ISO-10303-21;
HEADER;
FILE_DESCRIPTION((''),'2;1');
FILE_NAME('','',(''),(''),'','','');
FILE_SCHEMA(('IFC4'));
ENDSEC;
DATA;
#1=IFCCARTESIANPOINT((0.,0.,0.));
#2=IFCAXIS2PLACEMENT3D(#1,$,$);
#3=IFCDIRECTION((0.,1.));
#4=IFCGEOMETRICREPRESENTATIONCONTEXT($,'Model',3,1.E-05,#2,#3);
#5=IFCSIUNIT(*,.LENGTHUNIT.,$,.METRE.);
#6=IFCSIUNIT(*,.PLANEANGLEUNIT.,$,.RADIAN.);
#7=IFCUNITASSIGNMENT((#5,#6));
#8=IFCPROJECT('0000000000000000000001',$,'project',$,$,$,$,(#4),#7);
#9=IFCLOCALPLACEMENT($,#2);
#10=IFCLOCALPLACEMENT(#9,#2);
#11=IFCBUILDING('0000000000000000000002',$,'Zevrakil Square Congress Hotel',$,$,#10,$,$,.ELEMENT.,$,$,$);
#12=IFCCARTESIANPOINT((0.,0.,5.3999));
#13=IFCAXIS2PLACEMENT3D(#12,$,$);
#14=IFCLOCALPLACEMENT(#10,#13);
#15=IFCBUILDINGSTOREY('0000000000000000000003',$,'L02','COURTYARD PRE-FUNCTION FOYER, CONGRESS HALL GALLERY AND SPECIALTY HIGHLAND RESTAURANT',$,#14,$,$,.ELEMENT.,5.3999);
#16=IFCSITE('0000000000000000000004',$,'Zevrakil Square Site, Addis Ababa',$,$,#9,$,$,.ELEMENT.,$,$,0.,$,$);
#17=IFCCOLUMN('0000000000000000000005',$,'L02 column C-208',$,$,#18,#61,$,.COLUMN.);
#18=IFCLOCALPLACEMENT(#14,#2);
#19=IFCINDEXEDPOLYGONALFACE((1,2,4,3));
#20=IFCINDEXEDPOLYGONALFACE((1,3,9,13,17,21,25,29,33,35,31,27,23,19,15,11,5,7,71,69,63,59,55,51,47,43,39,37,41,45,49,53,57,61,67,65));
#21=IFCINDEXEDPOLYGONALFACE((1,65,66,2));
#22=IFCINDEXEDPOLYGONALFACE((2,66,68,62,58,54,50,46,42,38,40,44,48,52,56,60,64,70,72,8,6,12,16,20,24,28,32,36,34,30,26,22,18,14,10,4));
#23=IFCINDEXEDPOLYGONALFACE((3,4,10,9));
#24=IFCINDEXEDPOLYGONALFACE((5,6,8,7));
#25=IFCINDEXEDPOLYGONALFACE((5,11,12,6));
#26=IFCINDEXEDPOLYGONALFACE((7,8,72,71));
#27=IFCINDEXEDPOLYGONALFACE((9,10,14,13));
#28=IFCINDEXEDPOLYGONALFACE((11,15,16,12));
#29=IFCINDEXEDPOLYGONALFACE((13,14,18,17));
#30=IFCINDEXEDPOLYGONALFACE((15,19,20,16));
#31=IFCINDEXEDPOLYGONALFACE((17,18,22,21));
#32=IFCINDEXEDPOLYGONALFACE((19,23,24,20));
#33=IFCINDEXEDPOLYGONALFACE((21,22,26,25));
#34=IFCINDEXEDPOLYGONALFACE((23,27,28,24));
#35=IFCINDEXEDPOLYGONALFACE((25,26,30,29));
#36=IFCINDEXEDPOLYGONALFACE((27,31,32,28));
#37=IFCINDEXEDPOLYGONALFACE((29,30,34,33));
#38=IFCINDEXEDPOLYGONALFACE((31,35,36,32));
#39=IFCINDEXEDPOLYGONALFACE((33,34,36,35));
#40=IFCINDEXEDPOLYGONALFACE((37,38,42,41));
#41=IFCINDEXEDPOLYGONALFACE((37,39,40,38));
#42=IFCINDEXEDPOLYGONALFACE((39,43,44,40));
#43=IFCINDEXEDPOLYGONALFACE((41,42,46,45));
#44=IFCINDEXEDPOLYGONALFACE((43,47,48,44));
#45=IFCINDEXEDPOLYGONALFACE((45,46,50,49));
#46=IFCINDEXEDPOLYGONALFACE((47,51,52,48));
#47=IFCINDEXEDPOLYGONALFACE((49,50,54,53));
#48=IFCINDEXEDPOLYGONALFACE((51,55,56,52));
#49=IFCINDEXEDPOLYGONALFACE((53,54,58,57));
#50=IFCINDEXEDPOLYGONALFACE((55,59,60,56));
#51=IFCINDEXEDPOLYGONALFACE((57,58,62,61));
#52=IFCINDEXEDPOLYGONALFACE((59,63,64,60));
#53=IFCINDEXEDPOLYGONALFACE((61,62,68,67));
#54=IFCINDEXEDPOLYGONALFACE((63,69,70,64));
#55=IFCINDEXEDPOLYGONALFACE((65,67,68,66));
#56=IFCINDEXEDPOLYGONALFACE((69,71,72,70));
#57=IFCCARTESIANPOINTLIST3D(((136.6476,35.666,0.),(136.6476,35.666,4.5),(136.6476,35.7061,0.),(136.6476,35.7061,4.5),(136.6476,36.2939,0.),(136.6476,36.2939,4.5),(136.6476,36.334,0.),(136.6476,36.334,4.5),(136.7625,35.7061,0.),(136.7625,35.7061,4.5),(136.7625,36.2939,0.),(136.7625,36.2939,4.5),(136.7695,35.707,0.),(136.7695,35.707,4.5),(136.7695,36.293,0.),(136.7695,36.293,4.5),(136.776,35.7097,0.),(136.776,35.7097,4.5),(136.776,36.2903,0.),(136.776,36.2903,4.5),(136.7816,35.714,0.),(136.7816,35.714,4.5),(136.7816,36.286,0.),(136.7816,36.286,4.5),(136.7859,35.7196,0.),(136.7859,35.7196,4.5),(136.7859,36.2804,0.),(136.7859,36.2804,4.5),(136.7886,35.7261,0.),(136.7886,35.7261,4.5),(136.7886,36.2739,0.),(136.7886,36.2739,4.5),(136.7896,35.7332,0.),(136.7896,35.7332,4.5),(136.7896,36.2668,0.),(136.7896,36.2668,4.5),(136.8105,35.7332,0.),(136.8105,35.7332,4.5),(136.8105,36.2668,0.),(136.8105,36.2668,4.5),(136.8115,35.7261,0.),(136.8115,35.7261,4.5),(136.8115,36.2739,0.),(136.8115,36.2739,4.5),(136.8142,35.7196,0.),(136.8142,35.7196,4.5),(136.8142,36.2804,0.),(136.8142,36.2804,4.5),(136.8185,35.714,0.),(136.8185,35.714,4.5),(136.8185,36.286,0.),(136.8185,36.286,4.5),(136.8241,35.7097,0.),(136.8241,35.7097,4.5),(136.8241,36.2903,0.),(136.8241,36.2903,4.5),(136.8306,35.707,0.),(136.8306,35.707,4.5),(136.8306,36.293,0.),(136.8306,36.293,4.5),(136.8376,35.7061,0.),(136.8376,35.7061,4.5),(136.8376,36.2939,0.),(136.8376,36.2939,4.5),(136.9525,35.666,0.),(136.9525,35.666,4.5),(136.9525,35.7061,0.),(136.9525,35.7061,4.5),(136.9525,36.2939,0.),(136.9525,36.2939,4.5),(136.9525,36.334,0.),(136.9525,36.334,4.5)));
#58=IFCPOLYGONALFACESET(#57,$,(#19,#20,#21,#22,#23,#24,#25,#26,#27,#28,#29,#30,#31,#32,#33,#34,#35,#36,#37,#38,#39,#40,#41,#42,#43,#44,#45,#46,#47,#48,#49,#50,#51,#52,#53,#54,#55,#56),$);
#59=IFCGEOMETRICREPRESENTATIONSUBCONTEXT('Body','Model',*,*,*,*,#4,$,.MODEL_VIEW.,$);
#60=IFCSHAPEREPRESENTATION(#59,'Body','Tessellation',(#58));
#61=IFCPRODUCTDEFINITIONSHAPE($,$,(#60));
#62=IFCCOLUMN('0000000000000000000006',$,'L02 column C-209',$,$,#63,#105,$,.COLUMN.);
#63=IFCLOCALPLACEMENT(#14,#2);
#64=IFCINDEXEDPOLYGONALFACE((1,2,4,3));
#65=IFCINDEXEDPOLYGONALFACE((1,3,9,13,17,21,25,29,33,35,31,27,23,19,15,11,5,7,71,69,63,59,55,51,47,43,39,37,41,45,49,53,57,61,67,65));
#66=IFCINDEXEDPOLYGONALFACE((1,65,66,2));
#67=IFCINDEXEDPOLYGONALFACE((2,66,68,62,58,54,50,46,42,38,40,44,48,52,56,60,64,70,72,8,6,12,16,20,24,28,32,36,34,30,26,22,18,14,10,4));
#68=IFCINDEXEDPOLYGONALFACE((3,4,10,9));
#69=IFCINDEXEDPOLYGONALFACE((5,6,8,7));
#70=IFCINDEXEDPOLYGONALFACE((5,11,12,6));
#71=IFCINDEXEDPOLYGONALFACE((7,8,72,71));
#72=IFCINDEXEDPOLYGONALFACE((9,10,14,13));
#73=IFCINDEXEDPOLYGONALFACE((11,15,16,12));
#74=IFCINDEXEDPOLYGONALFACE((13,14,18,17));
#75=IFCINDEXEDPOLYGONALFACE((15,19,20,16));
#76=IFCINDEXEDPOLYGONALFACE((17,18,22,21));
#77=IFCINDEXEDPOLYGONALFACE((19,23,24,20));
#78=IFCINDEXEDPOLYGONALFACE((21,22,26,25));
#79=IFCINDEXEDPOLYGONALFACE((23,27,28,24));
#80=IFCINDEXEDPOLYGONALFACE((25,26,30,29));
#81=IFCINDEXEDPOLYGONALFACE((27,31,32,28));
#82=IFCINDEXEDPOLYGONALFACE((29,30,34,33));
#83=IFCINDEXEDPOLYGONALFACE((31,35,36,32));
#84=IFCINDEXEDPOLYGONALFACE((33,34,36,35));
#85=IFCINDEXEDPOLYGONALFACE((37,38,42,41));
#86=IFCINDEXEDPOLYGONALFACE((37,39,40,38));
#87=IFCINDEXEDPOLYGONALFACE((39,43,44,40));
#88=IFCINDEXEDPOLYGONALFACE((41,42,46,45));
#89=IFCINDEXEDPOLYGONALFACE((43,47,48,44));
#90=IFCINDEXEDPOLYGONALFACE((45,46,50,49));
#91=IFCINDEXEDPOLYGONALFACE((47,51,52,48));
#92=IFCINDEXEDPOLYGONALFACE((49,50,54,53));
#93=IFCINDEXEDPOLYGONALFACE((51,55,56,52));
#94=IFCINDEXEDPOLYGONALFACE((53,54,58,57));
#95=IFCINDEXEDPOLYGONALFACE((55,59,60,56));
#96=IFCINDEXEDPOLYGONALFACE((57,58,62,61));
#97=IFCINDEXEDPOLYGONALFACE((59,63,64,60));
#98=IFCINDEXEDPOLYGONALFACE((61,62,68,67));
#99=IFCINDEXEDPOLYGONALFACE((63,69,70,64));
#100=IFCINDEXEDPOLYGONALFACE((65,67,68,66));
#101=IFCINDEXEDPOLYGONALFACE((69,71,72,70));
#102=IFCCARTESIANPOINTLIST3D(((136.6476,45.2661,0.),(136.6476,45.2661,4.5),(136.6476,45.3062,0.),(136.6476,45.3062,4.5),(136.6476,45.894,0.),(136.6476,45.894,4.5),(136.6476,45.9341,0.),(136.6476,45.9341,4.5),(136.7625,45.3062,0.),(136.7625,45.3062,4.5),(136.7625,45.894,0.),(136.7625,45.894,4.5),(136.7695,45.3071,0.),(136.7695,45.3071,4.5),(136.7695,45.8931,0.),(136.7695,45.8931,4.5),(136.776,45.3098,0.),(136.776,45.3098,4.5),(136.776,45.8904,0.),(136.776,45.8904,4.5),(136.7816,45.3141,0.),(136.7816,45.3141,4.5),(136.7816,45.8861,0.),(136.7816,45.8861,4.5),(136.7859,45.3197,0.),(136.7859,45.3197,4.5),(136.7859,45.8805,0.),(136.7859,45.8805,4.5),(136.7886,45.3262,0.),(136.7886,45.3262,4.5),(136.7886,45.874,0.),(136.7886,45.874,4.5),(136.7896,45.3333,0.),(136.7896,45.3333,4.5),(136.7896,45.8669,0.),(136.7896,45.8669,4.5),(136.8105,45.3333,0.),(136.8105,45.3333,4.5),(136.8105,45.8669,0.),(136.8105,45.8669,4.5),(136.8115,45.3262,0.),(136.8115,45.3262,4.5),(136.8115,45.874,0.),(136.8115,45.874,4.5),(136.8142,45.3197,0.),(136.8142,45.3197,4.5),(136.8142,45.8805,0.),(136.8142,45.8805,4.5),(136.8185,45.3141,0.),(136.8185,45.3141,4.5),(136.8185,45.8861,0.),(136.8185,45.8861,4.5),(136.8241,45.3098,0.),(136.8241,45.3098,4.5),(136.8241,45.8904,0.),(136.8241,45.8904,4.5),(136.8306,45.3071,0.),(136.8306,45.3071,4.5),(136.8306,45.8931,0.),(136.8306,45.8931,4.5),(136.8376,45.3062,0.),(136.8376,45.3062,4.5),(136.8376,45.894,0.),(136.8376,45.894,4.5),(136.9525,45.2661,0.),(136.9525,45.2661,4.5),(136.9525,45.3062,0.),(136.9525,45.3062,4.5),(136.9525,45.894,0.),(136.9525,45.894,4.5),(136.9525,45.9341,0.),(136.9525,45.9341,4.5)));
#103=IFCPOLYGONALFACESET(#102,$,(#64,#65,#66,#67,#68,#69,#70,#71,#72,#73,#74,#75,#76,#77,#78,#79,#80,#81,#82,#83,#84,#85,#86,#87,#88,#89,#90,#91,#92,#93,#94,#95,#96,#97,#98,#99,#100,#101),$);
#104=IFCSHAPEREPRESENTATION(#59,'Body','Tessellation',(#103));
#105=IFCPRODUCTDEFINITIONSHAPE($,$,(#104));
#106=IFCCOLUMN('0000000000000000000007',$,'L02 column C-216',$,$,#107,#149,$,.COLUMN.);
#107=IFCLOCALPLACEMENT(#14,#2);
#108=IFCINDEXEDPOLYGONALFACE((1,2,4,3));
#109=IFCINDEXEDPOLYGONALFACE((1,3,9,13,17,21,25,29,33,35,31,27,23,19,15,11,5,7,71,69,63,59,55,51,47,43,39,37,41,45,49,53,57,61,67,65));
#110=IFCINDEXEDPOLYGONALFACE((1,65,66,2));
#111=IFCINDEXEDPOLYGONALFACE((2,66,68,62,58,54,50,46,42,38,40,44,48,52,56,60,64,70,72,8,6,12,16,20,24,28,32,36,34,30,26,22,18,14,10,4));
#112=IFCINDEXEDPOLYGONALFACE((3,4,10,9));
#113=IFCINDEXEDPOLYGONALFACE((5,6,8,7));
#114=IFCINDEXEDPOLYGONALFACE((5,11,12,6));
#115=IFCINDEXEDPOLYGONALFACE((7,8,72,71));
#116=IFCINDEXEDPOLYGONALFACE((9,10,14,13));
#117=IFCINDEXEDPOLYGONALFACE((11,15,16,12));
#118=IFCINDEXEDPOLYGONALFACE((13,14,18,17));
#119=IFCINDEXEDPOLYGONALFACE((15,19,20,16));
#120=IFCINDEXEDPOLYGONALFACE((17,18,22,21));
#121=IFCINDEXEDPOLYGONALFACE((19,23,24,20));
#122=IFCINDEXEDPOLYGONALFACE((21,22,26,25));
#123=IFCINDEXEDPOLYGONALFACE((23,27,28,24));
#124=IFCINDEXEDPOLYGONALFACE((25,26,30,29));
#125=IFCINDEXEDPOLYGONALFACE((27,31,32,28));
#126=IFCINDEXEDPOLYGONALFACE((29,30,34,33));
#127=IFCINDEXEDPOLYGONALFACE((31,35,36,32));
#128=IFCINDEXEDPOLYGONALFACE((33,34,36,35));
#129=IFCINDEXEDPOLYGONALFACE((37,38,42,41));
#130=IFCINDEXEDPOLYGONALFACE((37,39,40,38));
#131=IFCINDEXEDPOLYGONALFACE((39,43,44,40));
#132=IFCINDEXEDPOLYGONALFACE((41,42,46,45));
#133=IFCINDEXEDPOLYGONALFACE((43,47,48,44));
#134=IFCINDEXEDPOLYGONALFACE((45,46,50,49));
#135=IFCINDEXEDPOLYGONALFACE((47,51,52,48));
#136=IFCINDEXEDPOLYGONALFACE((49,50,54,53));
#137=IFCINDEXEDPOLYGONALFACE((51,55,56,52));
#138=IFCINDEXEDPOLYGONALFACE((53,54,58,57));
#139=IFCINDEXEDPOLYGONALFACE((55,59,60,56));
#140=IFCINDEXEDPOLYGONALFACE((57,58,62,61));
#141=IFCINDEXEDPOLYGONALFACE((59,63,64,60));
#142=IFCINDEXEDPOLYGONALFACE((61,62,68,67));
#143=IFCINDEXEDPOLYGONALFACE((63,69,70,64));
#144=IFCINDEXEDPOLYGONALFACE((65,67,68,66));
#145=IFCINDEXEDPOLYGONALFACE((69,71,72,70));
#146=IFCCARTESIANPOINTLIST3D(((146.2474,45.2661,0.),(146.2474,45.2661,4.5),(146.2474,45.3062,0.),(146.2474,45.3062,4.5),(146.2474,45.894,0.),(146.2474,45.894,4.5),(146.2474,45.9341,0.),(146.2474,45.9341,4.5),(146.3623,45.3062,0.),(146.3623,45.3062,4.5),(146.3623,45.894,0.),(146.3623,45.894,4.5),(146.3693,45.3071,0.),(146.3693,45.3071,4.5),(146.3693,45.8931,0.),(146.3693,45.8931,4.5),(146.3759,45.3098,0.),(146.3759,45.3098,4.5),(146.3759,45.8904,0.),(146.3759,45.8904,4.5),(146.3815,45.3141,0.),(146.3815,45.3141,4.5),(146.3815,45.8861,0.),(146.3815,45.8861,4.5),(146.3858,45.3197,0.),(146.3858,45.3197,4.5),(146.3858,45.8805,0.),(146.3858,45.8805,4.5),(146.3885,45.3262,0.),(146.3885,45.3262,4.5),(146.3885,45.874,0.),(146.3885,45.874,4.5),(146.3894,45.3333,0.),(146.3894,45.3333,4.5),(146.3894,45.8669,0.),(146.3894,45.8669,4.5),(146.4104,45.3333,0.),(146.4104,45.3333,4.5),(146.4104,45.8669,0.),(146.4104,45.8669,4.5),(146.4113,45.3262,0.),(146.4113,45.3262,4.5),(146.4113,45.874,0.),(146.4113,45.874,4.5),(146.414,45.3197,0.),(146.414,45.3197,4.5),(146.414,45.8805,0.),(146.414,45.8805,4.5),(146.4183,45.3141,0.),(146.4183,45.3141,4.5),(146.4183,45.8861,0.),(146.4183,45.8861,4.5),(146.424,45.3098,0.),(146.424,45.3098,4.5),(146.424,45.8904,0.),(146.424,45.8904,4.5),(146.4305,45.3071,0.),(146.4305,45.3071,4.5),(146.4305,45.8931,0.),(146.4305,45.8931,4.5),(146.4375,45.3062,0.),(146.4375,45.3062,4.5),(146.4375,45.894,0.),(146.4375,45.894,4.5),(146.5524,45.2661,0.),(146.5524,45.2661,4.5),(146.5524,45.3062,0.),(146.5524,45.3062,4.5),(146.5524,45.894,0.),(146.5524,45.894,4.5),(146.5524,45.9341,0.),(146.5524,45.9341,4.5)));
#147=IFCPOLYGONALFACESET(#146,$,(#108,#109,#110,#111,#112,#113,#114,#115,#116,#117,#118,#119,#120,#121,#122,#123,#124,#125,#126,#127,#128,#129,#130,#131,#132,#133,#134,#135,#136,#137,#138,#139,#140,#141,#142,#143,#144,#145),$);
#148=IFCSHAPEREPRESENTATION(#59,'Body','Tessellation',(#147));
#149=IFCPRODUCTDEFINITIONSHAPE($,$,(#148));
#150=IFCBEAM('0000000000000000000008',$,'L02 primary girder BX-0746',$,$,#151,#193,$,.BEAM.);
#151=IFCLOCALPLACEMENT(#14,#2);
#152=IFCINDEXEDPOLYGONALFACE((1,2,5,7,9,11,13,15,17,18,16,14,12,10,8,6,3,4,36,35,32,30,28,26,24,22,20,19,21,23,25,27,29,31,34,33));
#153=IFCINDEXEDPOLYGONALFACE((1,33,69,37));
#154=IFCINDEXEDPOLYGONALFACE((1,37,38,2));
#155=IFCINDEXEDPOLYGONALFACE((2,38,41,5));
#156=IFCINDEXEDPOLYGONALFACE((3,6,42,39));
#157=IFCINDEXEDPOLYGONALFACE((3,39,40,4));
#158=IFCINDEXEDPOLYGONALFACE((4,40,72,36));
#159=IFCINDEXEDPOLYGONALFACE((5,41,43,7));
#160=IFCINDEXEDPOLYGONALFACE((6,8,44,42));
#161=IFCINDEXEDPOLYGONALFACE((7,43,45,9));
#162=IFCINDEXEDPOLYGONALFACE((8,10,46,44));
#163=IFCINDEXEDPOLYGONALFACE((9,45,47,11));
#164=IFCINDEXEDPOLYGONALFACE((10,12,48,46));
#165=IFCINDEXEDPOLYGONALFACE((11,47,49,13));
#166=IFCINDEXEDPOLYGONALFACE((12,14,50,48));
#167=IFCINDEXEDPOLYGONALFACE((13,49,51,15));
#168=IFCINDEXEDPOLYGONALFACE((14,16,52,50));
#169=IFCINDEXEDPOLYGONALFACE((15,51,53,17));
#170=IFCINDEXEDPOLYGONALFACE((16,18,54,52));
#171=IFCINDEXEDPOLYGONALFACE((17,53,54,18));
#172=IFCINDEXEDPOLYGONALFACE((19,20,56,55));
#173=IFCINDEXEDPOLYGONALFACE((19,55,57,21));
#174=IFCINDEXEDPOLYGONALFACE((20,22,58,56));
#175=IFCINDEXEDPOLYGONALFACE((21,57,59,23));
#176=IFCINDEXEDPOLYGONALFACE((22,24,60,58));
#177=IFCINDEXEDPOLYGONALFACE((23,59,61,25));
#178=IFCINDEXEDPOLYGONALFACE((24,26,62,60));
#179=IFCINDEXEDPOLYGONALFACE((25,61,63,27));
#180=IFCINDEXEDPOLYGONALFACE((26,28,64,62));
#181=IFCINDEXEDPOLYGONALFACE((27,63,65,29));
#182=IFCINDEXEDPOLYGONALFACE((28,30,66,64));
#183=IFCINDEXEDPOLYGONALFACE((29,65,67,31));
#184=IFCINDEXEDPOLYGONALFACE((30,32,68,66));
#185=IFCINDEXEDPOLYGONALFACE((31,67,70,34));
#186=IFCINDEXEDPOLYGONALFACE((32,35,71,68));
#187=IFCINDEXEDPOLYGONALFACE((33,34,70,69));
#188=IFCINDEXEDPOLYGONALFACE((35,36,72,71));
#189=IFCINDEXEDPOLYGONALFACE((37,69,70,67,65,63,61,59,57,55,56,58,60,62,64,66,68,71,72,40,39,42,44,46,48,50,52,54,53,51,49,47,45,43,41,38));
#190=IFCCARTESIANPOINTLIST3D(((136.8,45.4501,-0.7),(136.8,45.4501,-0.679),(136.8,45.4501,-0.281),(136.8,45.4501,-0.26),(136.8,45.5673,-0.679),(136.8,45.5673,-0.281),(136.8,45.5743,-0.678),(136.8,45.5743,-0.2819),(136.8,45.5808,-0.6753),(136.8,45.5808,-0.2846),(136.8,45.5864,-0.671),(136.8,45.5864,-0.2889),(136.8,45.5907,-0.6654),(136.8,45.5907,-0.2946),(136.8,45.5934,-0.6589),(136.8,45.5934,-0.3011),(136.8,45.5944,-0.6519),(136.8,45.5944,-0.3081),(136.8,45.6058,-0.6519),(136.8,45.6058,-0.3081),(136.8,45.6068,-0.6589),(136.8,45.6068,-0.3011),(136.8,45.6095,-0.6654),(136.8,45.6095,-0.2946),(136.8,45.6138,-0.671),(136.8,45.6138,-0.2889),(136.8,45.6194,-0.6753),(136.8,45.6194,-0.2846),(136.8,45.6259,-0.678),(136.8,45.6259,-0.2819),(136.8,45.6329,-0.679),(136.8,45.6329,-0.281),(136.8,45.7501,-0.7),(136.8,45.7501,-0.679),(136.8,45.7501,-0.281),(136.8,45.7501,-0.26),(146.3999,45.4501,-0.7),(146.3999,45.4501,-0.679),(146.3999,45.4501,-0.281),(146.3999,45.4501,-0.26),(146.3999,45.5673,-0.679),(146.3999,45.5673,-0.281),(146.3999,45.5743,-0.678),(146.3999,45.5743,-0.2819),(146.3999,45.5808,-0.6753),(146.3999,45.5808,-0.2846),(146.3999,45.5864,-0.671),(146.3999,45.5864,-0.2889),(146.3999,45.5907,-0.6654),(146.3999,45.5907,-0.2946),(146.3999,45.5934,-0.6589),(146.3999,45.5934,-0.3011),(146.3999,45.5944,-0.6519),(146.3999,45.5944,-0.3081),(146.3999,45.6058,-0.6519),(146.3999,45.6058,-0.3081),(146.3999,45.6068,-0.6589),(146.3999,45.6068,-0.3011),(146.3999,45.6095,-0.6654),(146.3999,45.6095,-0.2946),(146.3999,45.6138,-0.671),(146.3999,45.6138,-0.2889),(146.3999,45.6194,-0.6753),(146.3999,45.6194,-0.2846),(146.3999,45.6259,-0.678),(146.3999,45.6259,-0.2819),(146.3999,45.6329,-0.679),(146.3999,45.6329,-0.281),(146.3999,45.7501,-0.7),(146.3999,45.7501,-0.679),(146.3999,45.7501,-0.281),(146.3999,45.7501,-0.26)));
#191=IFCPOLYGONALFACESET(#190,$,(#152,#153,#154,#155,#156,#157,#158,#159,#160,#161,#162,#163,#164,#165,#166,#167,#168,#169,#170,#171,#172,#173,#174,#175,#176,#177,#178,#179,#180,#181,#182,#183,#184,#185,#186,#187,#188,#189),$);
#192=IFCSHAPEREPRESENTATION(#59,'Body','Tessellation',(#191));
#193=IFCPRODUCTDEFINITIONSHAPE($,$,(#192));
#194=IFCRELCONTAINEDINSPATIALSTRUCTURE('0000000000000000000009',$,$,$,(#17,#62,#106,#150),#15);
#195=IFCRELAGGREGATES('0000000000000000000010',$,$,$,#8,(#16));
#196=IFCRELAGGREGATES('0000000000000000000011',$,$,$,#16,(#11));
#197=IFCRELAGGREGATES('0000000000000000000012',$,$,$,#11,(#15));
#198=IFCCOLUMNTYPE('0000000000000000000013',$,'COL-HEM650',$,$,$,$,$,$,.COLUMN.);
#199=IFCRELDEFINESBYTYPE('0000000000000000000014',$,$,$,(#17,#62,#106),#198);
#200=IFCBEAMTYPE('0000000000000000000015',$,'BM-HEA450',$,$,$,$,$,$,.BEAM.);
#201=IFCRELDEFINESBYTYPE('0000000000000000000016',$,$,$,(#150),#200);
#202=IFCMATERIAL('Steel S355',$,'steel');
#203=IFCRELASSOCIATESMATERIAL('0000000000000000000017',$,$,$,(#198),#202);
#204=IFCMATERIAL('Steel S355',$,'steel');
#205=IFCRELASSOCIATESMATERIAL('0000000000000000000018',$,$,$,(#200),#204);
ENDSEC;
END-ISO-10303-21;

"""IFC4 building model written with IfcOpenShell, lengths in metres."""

from ifc_helpers import new_model, si_unit, direction, frame, origin, origin_2d, place, context, subcontext, project, spatial, i_section, extrude, material, material_profile, profile_set, type_object, element, save


model = new_model("IFC4")

# Units and contexts
model_context = context("Model", 3, precision=1e-05, world=origin(), true_north=direction((0.0, 1.0)))
body_context = subcontext(model_context, "Body", "Model", "MODEL_VIEW")
ifc_project = project(units=[si_unit("LENGTHUNIT", "METRE"), si_unit("PLANEANGLEUNIT", "RADIAN")], contexts=[model_context])

# Site, building, storey
site_placement = place(None, origin())
site = spatial("IfcSite", under=ifc_project, at=site_placement, Name="Zevrakil Square Site, Addis Ababa", CompositionType="ELEMENT", RefElevation=0.0)
building_placement = place(site_placement, origin())
building = spatial("IfcBuilding", under=site, at=building_placement, Name="Zevrakil Square Congress Hotel", CompositionType="ELEMENT")
storey_placement = place(building_placement, frame((0.0, 0.0, 5.3999)))
storey = spatial("IfcBuildingStorey", under=building, at=storey_placement, Name="L02", Description="COURTYARD PRE-FUNCTION FOYER, CONGRESS HALL GALLERY AND SPECIALTY HIGHLAND RESTAURANT", CompositionType="ELEMENT", Elevation=5.3999)

# Columns
ifc_material_1 = material(Name="Steel S355", Category="steel")
ifc_material_profile_1 = material_profile(ifc_material_1, i_section(OverallWidth=0.3049, OverallDepth=0.668, WebThickness=0.021, FlangeThickness=0.04, FilletRadius=0.0271, at=origin_2d()), Name="HEM 650")
ifc_profile_set_1 = profile_set([ifc_material_profile_1], Name="Steel S355")
column_type = type_object("IfcColumnType", Name="COL-HEM650", PredefinedType="COLUMN", material=ifc_profile_set_1)
for number, where, z_axis, x_axis, name in (
    (1, (136.8, 36.0, 0.0), (0.0, 0.0, 1.0), (1.0, 0.0, 0.0), "L02 column C-208"),
    (2, (136.8, 45.6001, 0.0), (0.0, 0.0, 1.0), (1.0, 0.0, 0.0), "L02 column C-209"),
    (3, (146.3999, 45.6001, 0.0), (0.0, 0.0, 1.0), (1.0, 0.0, 0.0), "L02 column C-216"),
):
    element("IfcColumn", number, at=place(storey_placement, frame(where, z_axis=z_axis, x_axis=x_axis)), inside=storey, type_object=column_type, Name=name, PredefinedType="COLUMN", context=body_context, shape_type="SweptSolid", body=[
        extrude(i_section(OverallWidth=0.3049, OverallDepth=0.668, WebThickness=0.021, FlangeThickness=0.04, FilletRadius=0.0271, at=origin_2d()), origin(), (0.0, 0.0, 1.0), 4.5),
    ])

# Beam
ifc_material_2 = material(Name="Steel S355", Category="steel")
ifc_material_profile_2 = material_profile(ifc_material_2, i_section(OverallWidth=0.3, OverallDepth=0.4399, WebThickness=0.0115, FlangeThickness=0.021, FilletRadius=0.0271, at=origin_2d()), Name="HEA 450")
ifc_profile_set_2 = profile_set([ifc_material_profile_2], Name="Steel S355")
beam_type_1 = type_object("IfcBeamType", Name="BM-HEA450", PredefinedType="BEAM", material=ifc_profile_set_2)
beam_1_placement = place(storey_placement, frame((136.8, 45.6001, -0.48), z_axis=(1.0, 0.0, 0.0), x_axis=(0.0, 1.0, 0.0)))
element("IfcBeam", 4, at=beam_1_placement, inside=storey, type_object=beam_type_1, Name="L02 primary girder BX-0746", PredefinedType="BEAM", context=body_context, shape_type="SweptSolid", body=[
    extrude(i_section(OverallWidth=0.3, OverallDepth=0.4399, WebThickness=0.0115, FlangeThickness=0.021, FilletRadius=0.0271, at=origin_2d()), origin(), (0.0, 0.0, 1.0), 9.5999),
])

save(model, "model.ifc")
